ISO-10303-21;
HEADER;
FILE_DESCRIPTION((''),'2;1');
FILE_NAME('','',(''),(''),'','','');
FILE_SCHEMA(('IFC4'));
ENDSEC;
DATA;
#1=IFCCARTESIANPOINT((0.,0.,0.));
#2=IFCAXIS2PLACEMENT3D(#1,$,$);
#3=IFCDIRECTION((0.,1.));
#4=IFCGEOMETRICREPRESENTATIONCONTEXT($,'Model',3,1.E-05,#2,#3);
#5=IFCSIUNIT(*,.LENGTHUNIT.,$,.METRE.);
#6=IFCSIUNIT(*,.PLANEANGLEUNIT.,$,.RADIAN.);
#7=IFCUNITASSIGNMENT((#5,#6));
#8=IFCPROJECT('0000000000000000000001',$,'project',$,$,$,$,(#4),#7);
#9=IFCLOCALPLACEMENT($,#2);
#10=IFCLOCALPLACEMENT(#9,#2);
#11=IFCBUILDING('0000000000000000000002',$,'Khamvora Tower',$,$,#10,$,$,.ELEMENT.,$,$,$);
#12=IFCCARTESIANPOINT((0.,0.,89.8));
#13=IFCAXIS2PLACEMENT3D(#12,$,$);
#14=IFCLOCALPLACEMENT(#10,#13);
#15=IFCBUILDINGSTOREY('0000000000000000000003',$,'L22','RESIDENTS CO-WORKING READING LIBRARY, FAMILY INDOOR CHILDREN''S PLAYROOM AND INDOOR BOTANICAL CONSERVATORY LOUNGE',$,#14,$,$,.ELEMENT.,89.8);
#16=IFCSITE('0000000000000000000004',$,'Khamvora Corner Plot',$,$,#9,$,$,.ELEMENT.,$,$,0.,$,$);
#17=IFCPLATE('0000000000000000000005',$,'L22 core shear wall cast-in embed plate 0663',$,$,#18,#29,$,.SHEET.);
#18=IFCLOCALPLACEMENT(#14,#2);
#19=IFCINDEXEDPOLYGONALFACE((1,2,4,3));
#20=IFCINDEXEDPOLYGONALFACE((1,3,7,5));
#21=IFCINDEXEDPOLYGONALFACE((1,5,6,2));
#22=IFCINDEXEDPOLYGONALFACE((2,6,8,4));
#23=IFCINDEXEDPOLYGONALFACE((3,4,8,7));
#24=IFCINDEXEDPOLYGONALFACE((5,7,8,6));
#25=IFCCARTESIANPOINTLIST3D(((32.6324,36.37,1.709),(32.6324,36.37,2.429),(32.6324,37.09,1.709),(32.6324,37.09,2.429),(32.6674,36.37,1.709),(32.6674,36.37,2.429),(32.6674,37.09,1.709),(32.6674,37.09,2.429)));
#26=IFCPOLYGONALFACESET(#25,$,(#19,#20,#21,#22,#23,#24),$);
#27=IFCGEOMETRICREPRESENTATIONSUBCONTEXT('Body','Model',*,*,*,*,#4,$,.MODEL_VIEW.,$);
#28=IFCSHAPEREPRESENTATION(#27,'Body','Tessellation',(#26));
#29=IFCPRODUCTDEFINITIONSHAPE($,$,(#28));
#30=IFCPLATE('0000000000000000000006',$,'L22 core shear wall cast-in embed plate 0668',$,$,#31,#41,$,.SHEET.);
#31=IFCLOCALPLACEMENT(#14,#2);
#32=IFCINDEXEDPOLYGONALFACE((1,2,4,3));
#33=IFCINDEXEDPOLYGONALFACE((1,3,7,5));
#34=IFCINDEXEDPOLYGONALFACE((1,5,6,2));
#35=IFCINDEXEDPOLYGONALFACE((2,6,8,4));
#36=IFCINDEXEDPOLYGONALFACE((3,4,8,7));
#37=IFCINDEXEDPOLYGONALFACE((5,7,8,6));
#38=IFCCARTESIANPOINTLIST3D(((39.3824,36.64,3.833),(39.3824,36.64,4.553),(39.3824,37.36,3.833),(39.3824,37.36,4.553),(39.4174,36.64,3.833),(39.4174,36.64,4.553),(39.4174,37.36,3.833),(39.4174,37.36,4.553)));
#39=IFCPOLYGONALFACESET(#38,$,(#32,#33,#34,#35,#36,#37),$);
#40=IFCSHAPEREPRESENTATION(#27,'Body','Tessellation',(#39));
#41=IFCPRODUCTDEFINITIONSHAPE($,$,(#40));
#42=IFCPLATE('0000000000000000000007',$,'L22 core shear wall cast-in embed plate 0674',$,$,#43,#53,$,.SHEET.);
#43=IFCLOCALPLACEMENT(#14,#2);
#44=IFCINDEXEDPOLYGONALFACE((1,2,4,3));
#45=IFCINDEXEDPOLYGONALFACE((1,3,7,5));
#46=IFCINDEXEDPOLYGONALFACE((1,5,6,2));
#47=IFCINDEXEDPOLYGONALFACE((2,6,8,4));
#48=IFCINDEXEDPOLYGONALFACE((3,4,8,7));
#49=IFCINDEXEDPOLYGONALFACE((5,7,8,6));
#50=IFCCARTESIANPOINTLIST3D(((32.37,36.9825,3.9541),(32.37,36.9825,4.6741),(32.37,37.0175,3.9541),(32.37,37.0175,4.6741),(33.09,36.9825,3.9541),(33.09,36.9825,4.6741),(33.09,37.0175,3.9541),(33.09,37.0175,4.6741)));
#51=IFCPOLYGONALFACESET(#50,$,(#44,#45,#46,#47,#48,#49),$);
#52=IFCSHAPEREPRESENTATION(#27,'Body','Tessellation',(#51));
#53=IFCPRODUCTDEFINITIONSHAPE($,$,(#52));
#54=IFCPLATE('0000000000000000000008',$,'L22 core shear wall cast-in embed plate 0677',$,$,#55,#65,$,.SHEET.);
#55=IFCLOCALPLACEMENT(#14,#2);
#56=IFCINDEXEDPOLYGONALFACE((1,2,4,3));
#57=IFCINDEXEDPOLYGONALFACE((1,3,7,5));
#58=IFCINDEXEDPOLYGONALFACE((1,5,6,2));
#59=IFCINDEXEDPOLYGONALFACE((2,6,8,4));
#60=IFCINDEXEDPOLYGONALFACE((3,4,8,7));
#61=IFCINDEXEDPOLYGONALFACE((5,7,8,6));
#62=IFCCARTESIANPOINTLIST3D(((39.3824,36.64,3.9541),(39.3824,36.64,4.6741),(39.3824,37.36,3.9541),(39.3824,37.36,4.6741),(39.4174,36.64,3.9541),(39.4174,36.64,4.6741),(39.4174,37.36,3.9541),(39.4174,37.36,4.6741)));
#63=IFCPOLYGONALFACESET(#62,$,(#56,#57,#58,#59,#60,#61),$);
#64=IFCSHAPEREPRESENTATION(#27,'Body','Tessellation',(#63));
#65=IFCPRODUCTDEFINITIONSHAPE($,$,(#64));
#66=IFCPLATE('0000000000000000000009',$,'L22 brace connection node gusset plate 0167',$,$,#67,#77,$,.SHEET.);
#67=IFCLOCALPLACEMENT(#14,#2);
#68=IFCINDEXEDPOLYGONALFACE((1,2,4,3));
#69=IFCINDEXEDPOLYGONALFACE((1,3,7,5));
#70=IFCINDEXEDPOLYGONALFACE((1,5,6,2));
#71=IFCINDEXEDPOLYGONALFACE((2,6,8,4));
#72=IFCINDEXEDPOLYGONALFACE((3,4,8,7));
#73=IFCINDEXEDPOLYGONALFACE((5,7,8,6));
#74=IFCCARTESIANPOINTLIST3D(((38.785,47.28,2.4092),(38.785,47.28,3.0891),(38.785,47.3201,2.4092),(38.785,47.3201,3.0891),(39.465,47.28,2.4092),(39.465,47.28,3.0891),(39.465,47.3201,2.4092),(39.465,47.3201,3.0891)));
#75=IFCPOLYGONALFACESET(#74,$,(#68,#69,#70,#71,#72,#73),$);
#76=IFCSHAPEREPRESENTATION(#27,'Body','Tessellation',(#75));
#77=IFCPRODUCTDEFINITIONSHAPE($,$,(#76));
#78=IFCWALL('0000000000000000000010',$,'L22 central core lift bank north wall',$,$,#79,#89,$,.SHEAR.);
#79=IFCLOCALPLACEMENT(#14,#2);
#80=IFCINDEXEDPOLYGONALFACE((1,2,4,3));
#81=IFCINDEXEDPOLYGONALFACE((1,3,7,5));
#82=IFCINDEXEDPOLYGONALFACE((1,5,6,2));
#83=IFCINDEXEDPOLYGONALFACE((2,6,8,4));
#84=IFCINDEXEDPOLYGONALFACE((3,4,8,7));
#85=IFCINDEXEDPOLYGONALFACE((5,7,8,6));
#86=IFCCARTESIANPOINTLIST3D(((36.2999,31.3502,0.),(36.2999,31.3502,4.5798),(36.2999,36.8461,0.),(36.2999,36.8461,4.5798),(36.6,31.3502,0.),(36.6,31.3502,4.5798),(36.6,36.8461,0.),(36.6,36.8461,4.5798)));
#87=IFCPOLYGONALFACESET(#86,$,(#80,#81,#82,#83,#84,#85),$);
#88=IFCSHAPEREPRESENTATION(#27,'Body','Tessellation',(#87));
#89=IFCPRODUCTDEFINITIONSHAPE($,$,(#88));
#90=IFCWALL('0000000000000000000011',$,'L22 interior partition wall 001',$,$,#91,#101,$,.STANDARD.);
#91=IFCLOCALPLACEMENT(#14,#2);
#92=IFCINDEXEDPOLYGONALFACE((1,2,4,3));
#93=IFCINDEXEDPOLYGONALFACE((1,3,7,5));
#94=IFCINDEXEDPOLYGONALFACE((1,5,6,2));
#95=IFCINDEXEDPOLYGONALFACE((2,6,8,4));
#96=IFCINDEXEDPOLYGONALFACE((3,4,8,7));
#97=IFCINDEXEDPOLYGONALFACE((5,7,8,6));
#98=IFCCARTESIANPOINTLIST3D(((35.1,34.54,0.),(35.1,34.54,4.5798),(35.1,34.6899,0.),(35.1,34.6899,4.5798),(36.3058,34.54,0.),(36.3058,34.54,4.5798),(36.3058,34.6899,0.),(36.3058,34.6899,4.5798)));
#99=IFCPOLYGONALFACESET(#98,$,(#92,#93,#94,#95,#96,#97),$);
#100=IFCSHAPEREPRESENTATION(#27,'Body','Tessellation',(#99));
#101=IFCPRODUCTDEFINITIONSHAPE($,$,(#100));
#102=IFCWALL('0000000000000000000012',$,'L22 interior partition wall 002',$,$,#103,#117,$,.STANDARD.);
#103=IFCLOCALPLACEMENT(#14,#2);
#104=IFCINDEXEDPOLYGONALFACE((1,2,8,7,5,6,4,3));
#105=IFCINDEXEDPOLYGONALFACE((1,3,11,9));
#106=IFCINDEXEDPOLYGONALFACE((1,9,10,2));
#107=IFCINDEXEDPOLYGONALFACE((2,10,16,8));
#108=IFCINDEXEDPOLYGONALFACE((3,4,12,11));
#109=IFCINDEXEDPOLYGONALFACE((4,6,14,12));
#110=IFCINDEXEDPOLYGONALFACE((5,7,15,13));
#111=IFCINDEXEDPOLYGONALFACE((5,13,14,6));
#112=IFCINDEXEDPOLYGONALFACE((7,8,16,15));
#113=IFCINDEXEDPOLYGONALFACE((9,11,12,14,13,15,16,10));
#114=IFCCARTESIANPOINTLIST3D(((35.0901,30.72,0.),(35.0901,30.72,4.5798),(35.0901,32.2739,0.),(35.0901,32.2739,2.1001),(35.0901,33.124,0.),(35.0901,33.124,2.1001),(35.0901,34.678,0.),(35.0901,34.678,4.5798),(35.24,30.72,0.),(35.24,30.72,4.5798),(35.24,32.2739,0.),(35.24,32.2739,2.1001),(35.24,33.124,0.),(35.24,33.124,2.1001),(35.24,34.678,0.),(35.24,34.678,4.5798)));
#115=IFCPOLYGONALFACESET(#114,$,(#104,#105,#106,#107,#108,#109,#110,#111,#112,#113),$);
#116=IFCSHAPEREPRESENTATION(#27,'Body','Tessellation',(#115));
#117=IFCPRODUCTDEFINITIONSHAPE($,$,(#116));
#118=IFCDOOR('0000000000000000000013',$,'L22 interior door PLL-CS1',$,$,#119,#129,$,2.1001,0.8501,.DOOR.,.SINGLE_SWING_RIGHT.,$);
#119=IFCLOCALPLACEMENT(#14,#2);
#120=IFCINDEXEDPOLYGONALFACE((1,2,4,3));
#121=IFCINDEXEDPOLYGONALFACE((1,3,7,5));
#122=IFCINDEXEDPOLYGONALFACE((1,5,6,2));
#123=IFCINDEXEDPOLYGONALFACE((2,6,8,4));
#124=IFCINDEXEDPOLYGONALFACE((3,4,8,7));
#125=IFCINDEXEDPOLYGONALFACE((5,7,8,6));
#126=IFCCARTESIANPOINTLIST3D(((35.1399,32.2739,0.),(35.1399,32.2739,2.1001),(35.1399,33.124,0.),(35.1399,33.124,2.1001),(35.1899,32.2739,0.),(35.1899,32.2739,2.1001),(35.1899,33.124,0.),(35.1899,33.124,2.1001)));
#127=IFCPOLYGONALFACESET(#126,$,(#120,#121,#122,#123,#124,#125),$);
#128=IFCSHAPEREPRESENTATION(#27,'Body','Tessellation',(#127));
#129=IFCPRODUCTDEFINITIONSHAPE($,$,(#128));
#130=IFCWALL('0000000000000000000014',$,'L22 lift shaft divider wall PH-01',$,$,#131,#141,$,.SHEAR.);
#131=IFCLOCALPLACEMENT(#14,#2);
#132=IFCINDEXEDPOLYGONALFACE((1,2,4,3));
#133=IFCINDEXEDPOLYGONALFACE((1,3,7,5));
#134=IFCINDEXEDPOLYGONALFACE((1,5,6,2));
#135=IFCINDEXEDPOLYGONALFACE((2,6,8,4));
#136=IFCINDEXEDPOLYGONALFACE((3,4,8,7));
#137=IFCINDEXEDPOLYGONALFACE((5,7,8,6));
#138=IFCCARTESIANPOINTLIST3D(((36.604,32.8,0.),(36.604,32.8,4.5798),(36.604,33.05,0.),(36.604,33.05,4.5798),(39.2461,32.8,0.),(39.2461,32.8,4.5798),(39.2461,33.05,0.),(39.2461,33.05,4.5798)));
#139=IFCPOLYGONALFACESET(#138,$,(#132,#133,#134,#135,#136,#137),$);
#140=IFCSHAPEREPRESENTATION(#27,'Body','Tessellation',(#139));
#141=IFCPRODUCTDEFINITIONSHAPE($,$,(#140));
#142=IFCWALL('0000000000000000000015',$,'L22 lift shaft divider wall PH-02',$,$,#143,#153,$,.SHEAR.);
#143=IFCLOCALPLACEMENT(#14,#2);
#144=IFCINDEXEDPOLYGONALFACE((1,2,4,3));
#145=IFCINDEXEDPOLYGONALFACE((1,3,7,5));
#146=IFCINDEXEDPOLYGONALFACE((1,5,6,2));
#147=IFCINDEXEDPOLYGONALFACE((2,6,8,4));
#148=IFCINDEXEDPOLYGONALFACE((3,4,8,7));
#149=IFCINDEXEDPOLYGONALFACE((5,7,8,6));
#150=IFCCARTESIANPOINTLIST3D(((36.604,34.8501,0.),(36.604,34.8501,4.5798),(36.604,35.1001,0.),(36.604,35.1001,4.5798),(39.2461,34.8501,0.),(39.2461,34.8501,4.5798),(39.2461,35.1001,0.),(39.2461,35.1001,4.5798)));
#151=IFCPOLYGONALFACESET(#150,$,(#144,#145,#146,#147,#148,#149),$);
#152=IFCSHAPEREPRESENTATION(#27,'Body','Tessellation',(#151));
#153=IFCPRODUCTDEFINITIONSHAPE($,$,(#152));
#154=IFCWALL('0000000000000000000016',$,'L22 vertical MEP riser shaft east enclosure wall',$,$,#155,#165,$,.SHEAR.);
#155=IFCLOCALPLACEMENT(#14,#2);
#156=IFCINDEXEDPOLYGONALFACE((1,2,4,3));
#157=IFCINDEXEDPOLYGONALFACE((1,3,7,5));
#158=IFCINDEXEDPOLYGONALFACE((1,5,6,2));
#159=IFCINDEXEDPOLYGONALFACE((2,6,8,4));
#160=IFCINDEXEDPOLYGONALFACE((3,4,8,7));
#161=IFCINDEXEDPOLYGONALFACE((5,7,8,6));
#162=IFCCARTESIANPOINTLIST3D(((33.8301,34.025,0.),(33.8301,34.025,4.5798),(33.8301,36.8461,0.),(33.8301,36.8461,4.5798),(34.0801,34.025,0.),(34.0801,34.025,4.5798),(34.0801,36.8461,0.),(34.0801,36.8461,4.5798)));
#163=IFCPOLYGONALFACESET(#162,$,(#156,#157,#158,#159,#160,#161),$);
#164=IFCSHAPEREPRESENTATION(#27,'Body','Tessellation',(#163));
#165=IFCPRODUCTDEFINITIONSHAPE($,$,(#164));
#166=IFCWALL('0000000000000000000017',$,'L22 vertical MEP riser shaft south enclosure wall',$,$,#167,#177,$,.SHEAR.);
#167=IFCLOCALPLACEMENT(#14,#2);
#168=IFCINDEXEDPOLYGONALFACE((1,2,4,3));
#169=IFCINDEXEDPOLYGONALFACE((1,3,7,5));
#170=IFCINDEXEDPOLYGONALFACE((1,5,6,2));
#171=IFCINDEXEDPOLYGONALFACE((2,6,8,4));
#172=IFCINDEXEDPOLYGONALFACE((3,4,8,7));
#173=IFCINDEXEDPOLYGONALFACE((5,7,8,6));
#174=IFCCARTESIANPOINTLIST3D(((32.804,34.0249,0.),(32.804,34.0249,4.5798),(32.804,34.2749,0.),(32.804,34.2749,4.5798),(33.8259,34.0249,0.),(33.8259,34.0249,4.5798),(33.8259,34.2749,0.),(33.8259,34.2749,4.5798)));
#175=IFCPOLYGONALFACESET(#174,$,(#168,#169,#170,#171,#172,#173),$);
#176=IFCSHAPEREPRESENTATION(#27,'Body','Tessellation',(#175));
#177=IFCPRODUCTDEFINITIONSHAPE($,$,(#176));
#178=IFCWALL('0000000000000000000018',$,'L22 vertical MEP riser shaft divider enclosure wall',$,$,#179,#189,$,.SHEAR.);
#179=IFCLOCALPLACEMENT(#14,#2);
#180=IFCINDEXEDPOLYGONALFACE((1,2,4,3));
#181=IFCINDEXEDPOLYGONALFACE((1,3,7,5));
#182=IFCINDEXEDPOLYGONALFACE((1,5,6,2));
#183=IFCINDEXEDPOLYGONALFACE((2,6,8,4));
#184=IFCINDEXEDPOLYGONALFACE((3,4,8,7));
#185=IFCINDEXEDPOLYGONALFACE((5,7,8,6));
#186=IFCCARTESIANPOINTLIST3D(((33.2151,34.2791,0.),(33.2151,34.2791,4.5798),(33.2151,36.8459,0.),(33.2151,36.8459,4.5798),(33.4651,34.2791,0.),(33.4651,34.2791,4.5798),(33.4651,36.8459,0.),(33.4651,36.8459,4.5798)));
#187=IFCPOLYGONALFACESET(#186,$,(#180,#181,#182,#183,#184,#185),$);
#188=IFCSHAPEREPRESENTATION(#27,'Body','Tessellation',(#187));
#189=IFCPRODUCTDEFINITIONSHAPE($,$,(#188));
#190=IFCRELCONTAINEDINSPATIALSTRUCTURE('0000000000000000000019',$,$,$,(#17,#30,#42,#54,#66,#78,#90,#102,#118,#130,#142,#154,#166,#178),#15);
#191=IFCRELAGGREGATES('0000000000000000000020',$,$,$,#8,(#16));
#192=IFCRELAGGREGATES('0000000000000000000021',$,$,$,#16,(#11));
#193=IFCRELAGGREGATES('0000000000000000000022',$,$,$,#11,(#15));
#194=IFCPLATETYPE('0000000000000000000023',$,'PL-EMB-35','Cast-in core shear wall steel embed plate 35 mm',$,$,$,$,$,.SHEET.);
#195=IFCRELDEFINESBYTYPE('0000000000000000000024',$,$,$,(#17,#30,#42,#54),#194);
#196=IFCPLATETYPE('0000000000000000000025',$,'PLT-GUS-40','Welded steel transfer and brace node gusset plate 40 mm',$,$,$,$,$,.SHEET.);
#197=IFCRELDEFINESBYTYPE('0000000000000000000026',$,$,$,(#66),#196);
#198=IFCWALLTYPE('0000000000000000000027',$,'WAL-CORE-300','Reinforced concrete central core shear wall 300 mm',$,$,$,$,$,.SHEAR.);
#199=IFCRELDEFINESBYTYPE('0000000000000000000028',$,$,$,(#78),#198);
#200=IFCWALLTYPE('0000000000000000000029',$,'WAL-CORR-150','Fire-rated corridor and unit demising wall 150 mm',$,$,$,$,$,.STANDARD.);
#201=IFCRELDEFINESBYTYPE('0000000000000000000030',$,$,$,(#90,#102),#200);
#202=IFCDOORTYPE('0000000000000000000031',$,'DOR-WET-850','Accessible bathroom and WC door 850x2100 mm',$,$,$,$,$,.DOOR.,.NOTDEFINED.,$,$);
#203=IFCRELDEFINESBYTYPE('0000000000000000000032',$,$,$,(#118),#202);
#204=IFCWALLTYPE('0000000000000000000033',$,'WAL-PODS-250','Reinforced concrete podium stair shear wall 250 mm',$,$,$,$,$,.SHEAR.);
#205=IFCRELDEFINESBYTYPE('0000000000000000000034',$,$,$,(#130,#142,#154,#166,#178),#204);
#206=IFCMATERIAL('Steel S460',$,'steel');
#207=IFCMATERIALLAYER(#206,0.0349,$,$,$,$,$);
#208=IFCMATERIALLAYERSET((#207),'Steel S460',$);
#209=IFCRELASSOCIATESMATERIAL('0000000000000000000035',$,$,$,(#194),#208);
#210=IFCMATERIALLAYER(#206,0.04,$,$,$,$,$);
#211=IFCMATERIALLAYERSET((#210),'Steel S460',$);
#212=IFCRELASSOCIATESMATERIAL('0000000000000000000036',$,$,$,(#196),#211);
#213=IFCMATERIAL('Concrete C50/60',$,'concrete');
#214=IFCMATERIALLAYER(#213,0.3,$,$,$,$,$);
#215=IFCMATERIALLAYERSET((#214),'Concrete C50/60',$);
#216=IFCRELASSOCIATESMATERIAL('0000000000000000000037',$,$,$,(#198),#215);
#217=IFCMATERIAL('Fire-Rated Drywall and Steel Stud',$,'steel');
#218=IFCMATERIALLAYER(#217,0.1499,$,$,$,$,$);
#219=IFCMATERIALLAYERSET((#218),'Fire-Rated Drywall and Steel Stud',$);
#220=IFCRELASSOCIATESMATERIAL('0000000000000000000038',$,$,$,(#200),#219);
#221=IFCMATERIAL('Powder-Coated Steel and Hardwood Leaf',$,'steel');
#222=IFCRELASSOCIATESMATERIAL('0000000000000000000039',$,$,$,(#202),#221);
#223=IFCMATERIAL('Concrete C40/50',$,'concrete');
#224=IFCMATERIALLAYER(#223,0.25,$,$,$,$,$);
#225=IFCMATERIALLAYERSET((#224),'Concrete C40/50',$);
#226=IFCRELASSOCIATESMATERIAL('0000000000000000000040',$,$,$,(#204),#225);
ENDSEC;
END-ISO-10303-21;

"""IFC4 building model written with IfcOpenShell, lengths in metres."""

from ifc_helpers import new_model, si_unit, direction, frame, frame_2d, origin, origin_2d, place, context, subcontext, project, spatial, rectangle, extrude, material, layer, layer_set, type_object, element, fill, save


model = new_model("IFC4")

# Units and contexts
model_context = context("Model", 3, precision=1e-05, world=origin(), true_north=direction((0.0, 1.0)))
body_context = subcontext(model_context, "Body", "Model", "MODEL_VIEW")
ifc_project = project(units=[si_unit("LENGTHUNIT", "METRE"), si_unit("PLANEANGLEUNIT", "RADIAN")], contexts=[model_context])

# Site, building, storey
site_placement = place(None, origin())
site = spatial("IfcSite", under=ifc_project, at=site_placement, Name="Khamvora Corner Plot", CompositionType="ELEMENT", RefElevation=0.0)
building_placement = place(site_placement, origin())
building = spatial("IfcBuilding", under=site, at=building_placement, Name="Khamvora Tower", CompositionType="ELEMENT")
storey_placement = place(building_placement, frame((0.0, 0.0, 89.8)))
storey = spatial("IfcBuildingStorey", under=building, at=storey_placement, Name="L22", Description="RESIDENTS CO-WORKING READING LIBRARY, FAMILY INDOOR CHILDREN'S PLAYROOM AND INDOOR BOTANICAL CONSERVATORY LOUNGE", CompositionType="ELEMENT", Elevation=89.8)

# Shared definitions
ifc_material_1 = material(Name="Steel S460", Category="steel")

# Plates
ifc_layer_1 = layer(ifc_material_1, 0.0349)
ifc_layer_set_1 = layer_set([ifc_layer_1], Name="Steel S460")
plate_type_1 = type_object("IfcPlateType", Name="PL-EMB-35", Description="Cast-in core shear wall steel embed plate 35 mm", PredefinedType="SHEET", material=ifc_layer_set_1)
for number, where, z_axis, x_axis, name in (
    (1, (32.6499, 36.73, 1.709), (0.0, 0.0, 1.0), (1.0, 0.0, 0.0), "L22 core shear wall cast-in embed plate 0663"),
    (2, (39.3999, 37.0, 3.833), (0.0, 0.0, 1.0), (1.0, 0.0, 0.0), "L22 core shear wall cast-in embed plate 0668"),
):
    element("IfcPlate", number, at=place(storey_placement, frame(where, z_axis=z_axis, x_axis=x_axis)), inside=storey, type_object=plate_type_1, Name=name, PredefinedType="SHEET", context=body_context, shape_type="SweptSolid", body=[
        extrude(rectangle(XDim=0.0349, YDim=0.72, at=origin_2d()), origin(), (0.0, 0.0, 1.0), 0.72),
    ])
plate_1_placement = place(storey_placement, frame((32.73, 37.0, 3.9541), z_axis=(0.0, 0.0, 1.0), x_axis=(1.0, 0.0, 0.0)))
element("IfcPlate", 3, at=plate_1_placement, inside=storey, type_object=plate_type_1, Name="L22 core shear wall cast-in embed plate 0674", PredefinedType="SHEET", context=body_context, shape_type="SweptSolid", body=[
    extrude(rectangle(XDim=0.72, YDim=0.0349, at=origin_2d()), origin(), (0.0, 0.0, 1.0), 0.72),
])
plate_2_placement = place(storey_placement, frame((39.3999, 37.0, 3.9541), z_axis=(0.0, 0.0, 1.0), x_axis=(1.0, 0.0, 0.0)))
element("IfcPlate", 4, at=plate_2_placement, inside=storey, type_object=plate_type_1, Name="L22 core shear wall cast-in embed plate 0677", PredefinedType="SHEET", context=body_context, shape_type="SweptSolid", body=[
    extrude(rectangle(XDim=0.0349, YDim=0.72, at=origin_2d()), origin(), (0.0, 0.0, 1.0), 0.72),
])
ifc_layer_2 = layer(ifc_material_1, 0.04)
ifc_layer_set_2 = layer_set([ifc_layer_2], Name="Steel S460")
plate_type_2 = type_object("IfcPlateType", Name="PLT-GUS-40", Description="Welded steel transfer and brace node gusset plate 40 mm", PredefinedType="SHEET", material=ifc_layer_set_2)
plate_3_placement = place(storey_placement, frame((39.125, 47.3, 2.4092), z_axis=(0.0, 0.0, 1.0), x_axis=(1.0, 0.0, 0.0)))
element("IfcPlate", 5, at=plate_3_placement, inside=storey, type_object=plate_type_2, Name="L22 brace connection node gusset plate 0167", PredefinedType="SHEET", context=body_context, shape_type="SweptSolid", body=[
    extrude(rectangle(XDim=0.6799, YDim=0.04, at=origin_2d()), origin(), (0.0, 0.0, 1.0), 0.6799),
])

# Walls
ifc_material_2 = material(Name="Concrete C50/60", Category="concrete")
ifc_layer_3 = layer(ifc_material_2, 0.3)
ifc_layer_set_3 = layer_set([ifc_layer_3], Name="Concrete C50/60")
wall_type_1 = type_object("IfcWallType", Name="WAL-CORE-300", Description="Reinforced concrete central core shear wall 300 mm", PredefinedType="SHEAR", material=ifc_layer_set_3)
wall_1_placement = place(storey_placement, frame((36.45, 31.3501, 0.0), z_axis=(0.0, 0.0, 1.0), x_axis=(0.0, 1.0, 0.0)))
element("IfcWall", 6, at=wall_1_placement, inside=storey, type_object=wall_type_1, Name="L22 central core lift bank north wall", PredefinedType="SHEAR", context=body_context, shape_type="SweptSolid", body=[
    extrude(rectangle(XDim=5.4958, YDim=0.3, at=frame_2d((2.748, 0.0))), origin(), (0.0, 0.0, 1.0), 4.5798),
])
ifc_material_3 = material(Name="Fire-Rated Drywall and Steel Stud", Category="steel")
ifc_layer_4 = layer(ifc_material_3, 0.1499)
ifc_layer_set_4 = layer_set([ifc_layer_4], Name="Fire-Rated Drywall and Steel Stud")
wall_type_2 = type_object("IfcWallType", Name="WAL-CORR-150", Description="Fire-rated corridor and unit demising wall 150 mm", PredefinedType="STANDARD", material=ifc_layer_set_4)
wall_2_placement = place(storey_placement, frame((36.3059, 34.615, 0.0), z_axis=(0.0, 0.0, 1.0), x_axis=(-1.0, 0.0, 0.0)))
element("IfcWall", 7, at=wall_2_placement, inside=storey, type_object=wall_type_2, Name="L22 interior partition wall 001", PredefinedType="STANDARD", context=body_context, shape_type="SweptSolid", body=[
    extrude(rectangle(XDim=1.2058, YDim=0.1499, at=frame_2d((0.603, 0.0))), origin(), (0.0, 0.0, 1.0), 4.5798),
])

# Wall, opening, door
wall_3_placement = place(storey_placement, frame((35.165, 34.678, 0.0), z_axis=(0.0, 0.0, 1.0), x_axis=(0.0, -1.0, 0.0)))
wall_3 = element("IfcWall", 8, at=wall_3_placement, inside=storey, type_object=wall_type_2, Name="L22 interior partition wall 002", PredefinedType="STANDARD", context=body_context, shape_type="SweptSolid", body=[
    extrude(rectangle(XDim=3.958, YDim=0.1499, at=frame_2d((1.979, 0.0))), origin(), (0.0, 0.0, 1.0), 4.5798),
])
opening_placement = place(wall_3_placement, frame((1.554, 0.0, 0.0)))
opening = element("IfcOpeningElement", 9, at=opening_placement, cuts=wall_3, PredefinedType="OPENING", context=body_context, shape_type="SweptSolid", body=[
    extrude(rectangle(XDim=0.8501, YDim=2.1001, at=frame_2d((0.425, 1.05))), frame((0.0, 0.085, 0.0), z_axis=(0.0, -1.0, 0.0), x_axis=(1.0, 0.0, 0.0)), (0.0, 0.0, 1.0), 0.1699),
])
ifc_material_4 = material(Name="Powder-Coated Steel and Hardwood Leaf", Category="steel")
door_type = type_object("IfcDoorType", Name="DOR-WET-850", Description="Accessible bathroom and WC door 850x2100 mm", OperationType="NOTDEFINED", PredefinedType="DOOR", material=ifc_material_4)
door_placement = place(opening_placement, origin())
door = element("IfcDoor", 10, at=door_placement, inside=storey, type_object=door_type, Name="L22 interior door PLL-CS1", OperationType="SINGLE_SWING_RIGHT", OverallHeight=2.1001, OverallWidth=0.8501, PredefinedType="DOOR", context=body_context, shape_type="SweptSolid", body=[
    extrude(rectangle(XDim=0.8501, YDim=2.1001, at=frame_2d((0.425, 1.05))), frame((0.0, 0.0249, 0.0), z_axis=(0.0, -1.0, 0.0), x_axis=(1.0, 0.0, 0.0)), (0.0, 0.0, 1.0), 0.05),
])
fill(opening, door)

# Walls
ifc_material_5 = material(Name="Concrete C40/50", Category="concrete")
ifc_layer_5 = layer(ifc_material_5, 0.25)
ifc_layer_set_5 = layer_set([ifc_layer_5], Name="Concrete C40/50")
wall_type_3 = type_object("IfcWallType", Name="WAL-PODS-250", Description="Reinforced concrete podium stair shear wall 250 mm", PredefinedType="SHEAR", material=ifc_layer_set_5)
for number, where, z_axis, x_axis, name in (
    (11, (36.604, 32.925, 0.0), (0.0, 0.0, 1.0), (1.0, 0.0, 0.0), "L22 lift shaft divider wall PH-01"),
    (12, (36.604, 34.9751, 0.0), (0.0, 0.0, 1.0), (1.0, 0.0, 0.0), "L22 lift shaft divider wall PH-02"),
):
    element("IfcWall", number, at=place(storey_placement, frame(where, z_axis=z_axis, x_axis=x_axis)), inside=storey, type_object=wall_type_3, Name=name, PredefinedType="SHEAR", context=body_context, shape_type="SweptSolid", body=[
        extrude(rectangle(XDim=2.6421, YDim=0.25, at=frame_2d((1.321, 0.0))), origin(), (0.0, 0.0, 1.0), 4.5798),
    ])
wall_4_placement = place(storey_placement, frame((33.9551, 34.0249, 0.0), z_axis=(0.0, 0.0, 1.0), x_axis=(0.0, 1.0, 0.0)))
element("IfcWall", 13, at=wall_4_placement, inside=storey, type_object=wall_type_3, Name="L22 vertical MEP riser shaft east enclosure wall", PredefinedType="SHEAR", context=body_context, shape_type="SweptSolid", body=[
    extrude(rectangle(XDim=2.821, YDim=0.25, at=frame_2d((1.4106, 0.0))), origin(), (0.0, 0.0, 1.0), 4.5798),
])
wall_5_placement = place(storey_placement, frame((32.804, 34.1499, 0.0), z_axis=(0.0, 0.0, 1.0), x_axis=(1.0, 0.0, 0.0)))
element("IfcWall", 14, at=wall_5_placement, inside=storey, type_object=wall_type_3, Name="L22 vertical MEP riser shaft south enclosure wall", PredefinedType="SHEAR", context=body_context, shape_type="SweptSolid", body=[
    extrude(rectangle(XDim=1.022, YDim=0.25, at=frame_2d((0.511, 0.0))), origin(), (0.0, 0.0, 1.0), 4.5798),
])
wall_6_placement = place(storey_placement, frame((33.3401, 34.2791, 0.0), z_axis=(0.0, 0.0, 1.0), x_axis=(0.0, 1.0, 0.0)))
element("IfcWall", 15, at=wall_6_placement, inside=storey, type_object=wall_type_3, Name="L22 vertical MEP riser shaft divider enclosure wall", PredefinedType="SHEAR", context=body_context, shape_type="SweptSolid", body=[
    extrude(rectangle(XDim=2.5669, YDim=0.25, at=frame_2d((1.2834, 0.0))), origin(), (0.0, 0.0, 1.0), 4.5798),
])

save(model, "model.ifc")
